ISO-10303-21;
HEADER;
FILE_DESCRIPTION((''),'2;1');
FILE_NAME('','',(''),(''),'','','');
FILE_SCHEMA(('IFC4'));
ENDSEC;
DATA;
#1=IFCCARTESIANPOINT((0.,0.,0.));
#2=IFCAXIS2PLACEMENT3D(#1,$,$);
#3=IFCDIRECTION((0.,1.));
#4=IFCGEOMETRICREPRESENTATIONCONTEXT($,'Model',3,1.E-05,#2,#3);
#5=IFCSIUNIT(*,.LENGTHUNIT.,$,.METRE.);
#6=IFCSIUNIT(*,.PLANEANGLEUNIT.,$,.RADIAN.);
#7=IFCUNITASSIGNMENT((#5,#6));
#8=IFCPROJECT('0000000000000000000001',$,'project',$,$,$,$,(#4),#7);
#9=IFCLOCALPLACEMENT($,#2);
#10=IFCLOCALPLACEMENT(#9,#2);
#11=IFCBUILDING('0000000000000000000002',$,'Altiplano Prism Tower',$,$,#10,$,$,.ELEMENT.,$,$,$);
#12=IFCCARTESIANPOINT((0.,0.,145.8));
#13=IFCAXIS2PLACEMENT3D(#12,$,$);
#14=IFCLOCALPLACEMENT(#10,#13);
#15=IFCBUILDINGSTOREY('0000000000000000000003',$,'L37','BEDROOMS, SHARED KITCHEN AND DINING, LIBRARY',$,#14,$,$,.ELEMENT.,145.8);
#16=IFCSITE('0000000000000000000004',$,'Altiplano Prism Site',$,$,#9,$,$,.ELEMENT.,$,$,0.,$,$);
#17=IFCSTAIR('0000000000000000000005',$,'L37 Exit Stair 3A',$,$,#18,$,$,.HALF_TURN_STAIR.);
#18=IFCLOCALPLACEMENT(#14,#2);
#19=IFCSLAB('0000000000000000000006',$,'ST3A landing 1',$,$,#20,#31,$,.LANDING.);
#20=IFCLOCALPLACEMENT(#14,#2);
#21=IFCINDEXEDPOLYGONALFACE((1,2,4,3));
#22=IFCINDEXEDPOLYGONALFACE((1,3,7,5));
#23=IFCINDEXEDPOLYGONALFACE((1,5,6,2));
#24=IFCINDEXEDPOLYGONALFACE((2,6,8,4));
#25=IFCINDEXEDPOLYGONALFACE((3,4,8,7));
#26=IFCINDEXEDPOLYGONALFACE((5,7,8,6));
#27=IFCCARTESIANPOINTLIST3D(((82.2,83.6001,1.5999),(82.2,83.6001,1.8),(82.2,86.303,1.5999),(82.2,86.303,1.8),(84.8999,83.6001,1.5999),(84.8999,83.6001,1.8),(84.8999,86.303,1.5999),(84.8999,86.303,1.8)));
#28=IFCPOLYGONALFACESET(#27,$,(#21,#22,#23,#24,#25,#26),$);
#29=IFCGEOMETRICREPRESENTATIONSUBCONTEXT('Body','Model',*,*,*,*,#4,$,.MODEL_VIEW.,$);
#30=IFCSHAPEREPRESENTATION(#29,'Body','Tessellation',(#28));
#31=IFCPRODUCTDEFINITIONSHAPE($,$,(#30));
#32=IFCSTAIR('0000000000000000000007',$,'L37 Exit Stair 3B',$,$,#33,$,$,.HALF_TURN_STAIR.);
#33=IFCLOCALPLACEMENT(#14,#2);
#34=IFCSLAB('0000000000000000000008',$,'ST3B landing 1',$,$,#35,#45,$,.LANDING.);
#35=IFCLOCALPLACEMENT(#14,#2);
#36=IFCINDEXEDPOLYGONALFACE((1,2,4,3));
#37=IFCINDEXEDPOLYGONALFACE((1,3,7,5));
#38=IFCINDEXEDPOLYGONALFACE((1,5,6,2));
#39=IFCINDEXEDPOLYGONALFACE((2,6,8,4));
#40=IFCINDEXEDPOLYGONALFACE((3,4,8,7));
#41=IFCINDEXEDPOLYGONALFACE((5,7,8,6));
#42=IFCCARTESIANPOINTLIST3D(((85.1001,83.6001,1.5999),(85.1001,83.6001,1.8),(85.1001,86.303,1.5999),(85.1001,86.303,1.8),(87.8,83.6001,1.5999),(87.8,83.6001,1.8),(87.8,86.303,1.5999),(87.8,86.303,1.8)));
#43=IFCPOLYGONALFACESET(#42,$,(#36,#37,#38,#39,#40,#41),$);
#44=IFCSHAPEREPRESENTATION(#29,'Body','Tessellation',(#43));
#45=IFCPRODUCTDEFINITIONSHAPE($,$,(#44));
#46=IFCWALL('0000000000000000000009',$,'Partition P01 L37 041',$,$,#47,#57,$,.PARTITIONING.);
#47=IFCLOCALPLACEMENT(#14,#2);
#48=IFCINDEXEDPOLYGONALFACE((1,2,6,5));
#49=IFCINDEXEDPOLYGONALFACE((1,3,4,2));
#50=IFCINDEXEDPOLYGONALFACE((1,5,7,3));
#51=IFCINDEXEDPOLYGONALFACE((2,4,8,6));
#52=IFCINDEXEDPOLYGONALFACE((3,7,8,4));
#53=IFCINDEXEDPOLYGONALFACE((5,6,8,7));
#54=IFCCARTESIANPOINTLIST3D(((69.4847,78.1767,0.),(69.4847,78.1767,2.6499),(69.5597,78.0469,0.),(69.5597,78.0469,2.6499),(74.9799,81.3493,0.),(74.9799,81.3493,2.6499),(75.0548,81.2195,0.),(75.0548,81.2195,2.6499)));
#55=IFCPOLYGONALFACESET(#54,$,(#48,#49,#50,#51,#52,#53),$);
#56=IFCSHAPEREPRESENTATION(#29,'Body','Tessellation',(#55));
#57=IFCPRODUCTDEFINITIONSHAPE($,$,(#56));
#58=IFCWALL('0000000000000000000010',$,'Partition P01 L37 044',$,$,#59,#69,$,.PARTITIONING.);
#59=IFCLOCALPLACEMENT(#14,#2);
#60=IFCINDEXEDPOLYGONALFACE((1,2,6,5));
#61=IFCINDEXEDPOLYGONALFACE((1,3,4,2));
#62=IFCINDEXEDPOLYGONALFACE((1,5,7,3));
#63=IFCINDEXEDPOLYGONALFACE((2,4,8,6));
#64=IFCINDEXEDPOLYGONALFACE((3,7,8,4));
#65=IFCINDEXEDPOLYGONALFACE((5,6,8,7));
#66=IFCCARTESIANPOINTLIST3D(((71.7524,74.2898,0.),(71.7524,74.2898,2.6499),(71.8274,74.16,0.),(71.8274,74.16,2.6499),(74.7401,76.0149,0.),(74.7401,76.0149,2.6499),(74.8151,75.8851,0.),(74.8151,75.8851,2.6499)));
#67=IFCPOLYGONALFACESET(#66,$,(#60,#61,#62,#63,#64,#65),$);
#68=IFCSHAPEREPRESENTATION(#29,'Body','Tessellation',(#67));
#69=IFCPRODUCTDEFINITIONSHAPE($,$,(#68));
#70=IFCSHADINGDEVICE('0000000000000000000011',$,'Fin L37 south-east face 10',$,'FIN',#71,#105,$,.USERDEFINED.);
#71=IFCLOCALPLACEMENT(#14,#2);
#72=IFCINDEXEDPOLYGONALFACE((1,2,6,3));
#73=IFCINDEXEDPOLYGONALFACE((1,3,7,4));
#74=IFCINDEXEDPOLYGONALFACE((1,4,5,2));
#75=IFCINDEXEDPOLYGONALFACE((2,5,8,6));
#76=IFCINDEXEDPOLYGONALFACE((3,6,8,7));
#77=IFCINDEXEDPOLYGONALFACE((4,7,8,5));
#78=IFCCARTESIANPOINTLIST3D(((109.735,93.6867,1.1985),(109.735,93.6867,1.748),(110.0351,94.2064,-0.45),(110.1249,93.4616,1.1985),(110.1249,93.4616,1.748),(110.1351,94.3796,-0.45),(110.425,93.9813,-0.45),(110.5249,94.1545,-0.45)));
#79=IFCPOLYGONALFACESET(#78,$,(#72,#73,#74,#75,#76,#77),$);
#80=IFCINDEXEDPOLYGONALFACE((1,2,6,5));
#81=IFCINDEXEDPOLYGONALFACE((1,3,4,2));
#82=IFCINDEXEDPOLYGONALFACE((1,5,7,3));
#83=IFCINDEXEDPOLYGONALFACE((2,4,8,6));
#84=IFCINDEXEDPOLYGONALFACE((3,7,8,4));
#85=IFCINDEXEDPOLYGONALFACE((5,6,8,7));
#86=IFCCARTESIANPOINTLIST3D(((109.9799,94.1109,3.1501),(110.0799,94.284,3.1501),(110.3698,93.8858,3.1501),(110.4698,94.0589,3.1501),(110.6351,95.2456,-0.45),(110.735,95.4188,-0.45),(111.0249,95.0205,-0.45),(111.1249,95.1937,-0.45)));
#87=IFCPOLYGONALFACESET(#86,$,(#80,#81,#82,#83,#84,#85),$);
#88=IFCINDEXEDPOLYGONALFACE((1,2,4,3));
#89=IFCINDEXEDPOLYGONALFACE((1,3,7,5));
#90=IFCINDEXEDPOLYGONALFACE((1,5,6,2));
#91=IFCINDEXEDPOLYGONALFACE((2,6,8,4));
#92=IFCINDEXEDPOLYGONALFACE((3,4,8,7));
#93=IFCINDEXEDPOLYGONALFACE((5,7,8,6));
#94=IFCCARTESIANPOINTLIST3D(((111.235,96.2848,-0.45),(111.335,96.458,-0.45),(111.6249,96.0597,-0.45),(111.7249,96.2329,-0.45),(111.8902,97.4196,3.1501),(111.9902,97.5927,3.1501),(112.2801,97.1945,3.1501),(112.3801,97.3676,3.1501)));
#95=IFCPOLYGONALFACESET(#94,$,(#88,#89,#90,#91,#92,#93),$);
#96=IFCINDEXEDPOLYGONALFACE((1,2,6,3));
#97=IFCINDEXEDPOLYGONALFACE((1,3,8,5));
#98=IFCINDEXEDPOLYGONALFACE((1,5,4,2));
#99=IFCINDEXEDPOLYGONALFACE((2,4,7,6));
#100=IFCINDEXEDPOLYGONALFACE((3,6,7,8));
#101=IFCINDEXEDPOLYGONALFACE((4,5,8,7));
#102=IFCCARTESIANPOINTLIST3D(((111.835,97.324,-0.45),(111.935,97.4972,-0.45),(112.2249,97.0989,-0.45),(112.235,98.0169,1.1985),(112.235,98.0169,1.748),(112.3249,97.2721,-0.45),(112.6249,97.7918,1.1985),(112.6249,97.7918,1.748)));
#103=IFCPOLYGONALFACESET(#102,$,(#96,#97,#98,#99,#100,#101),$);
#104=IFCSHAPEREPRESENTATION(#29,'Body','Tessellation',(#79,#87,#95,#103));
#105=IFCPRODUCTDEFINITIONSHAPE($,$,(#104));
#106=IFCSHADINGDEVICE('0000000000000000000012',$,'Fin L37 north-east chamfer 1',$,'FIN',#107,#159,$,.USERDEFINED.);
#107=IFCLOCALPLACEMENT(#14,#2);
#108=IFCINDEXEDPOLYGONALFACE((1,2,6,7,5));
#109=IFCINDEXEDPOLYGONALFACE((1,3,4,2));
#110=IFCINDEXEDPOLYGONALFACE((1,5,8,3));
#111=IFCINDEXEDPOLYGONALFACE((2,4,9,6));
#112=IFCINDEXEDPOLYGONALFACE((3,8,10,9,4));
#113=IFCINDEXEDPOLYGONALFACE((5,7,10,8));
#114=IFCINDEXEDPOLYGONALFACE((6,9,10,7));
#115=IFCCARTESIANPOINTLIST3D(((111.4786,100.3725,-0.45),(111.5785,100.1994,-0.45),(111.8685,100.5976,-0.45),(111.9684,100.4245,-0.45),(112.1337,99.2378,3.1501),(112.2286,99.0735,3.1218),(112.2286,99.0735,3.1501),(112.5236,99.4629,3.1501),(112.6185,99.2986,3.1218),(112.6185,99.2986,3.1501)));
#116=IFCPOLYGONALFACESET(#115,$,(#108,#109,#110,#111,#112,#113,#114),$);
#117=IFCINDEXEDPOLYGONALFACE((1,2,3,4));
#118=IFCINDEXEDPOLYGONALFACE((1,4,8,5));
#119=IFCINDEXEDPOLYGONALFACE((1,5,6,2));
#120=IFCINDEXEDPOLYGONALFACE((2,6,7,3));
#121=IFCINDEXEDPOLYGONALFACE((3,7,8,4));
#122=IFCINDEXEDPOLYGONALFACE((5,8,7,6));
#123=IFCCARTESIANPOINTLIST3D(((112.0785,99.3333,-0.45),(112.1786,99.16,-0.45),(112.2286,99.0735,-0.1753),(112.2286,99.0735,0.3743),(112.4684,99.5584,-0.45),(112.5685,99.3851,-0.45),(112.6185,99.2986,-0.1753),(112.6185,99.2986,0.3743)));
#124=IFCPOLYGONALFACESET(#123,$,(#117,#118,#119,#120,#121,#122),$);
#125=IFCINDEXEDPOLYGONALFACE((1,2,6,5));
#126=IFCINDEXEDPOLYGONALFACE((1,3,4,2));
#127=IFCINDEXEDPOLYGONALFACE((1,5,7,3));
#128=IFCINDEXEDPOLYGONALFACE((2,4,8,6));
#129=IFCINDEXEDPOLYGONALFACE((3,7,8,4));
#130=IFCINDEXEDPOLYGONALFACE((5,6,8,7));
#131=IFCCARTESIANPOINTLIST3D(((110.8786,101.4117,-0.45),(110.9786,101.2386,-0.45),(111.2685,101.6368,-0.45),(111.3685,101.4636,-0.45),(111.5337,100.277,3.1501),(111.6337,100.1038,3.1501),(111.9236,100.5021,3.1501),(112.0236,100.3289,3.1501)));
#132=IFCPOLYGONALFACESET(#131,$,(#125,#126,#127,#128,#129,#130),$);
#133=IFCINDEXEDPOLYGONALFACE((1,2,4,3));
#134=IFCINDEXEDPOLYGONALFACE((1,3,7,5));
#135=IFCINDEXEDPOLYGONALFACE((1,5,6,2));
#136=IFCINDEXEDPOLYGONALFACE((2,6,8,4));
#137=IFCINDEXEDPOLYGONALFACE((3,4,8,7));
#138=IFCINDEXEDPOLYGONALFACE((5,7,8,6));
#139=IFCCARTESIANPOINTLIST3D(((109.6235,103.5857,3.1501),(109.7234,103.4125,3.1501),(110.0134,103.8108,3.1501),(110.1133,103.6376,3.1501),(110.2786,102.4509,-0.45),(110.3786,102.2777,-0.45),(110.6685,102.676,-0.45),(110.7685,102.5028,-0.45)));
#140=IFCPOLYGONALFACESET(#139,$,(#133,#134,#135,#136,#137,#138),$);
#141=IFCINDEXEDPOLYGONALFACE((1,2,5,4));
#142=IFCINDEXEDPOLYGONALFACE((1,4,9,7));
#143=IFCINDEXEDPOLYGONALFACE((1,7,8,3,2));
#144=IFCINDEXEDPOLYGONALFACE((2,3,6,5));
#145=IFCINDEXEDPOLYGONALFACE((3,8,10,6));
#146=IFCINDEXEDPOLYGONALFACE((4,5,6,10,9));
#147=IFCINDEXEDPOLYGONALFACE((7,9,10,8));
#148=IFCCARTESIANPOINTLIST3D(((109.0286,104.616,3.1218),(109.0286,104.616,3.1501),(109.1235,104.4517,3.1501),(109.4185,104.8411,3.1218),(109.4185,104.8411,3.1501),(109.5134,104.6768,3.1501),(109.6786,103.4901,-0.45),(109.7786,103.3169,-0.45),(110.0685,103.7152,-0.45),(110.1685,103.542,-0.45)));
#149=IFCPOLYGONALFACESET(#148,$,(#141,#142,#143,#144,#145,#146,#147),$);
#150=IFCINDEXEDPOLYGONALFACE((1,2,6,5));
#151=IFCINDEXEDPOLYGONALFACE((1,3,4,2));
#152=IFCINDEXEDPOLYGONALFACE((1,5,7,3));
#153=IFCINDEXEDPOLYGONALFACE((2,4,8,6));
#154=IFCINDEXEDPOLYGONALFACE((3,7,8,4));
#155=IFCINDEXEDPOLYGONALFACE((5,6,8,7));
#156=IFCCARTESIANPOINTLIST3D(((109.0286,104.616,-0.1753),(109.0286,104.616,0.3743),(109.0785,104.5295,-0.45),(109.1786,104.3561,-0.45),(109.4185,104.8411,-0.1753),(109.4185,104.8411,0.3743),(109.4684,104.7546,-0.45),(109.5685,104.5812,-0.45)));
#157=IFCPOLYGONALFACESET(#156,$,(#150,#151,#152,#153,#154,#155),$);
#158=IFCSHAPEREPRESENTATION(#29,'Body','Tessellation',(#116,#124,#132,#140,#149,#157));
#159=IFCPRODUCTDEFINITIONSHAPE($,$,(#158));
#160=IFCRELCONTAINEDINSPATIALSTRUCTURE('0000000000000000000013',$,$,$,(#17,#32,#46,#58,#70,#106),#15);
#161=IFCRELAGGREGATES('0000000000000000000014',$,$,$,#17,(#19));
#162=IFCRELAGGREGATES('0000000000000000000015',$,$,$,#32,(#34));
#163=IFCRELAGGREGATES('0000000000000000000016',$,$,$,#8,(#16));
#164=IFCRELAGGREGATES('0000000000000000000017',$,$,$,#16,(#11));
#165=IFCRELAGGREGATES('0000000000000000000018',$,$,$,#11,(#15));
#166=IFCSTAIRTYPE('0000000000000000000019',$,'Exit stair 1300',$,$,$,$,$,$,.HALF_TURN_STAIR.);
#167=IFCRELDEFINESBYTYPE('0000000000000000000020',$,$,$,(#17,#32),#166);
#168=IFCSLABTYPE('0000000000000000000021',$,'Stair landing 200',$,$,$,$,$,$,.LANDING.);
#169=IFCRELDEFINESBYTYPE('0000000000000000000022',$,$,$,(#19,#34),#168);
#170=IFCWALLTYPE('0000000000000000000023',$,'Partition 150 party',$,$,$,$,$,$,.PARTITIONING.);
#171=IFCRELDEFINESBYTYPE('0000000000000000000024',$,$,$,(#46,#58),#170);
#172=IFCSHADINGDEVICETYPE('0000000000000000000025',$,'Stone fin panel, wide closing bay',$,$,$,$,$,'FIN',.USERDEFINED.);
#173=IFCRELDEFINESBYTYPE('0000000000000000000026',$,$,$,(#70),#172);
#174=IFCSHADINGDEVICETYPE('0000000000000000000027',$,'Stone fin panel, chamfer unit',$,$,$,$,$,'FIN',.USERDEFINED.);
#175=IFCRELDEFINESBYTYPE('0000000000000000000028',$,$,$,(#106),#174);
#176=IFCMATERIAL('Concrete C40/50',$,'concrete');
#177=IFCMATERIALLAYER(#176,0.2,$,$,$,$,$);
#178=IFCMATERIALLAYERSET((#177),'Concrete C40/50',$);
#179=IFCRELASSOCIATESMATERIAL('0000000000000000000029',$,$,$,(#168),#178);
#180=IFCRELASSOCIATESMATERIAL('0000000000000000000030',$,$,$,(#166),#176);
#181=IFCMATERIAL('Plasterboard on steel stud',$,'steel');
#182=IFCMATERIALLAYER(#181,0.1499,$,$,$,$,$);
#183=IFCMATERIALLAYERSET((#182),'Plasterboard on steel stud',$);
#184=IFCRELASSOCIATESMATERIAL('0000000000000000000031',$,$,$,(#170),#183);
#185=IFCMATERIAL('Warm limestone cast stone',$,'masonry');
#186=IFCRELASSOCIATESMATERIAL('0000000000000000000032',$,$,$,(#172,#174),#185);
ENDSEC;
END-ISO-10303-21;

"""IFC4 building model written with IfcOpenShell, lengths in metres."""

from ifc_helpers import new_model, si_unit, direction, frame, frame_2d, origin, place, context, subcontext, project, spatial, polyline, rectangle, outline, extrude, source, transform, mapped, material, layer, layer_set, type_object, element, aggregate, save


model = new_model("IFC4")

# Units and contexts
model_context = context("Model", 3, precision=1e-05, world=origin(), true_north=direction((0.0, 1.0)))
body_context = subcontext(model_context, "Body", "Model", "MODEL_VIEW")
ifc_project = project(units=[si_unit("LENGTHUNIT", "METRE"), si_unit("PLANEANGLEUNIT", "RADIAN")], contexts=[model_context])

# Site, building, storey
site_placement = place(None, origin())
site = spatial("IfcSite", under=ifc_project, at=site_placement, Name="Altiplano Prism Site", CompositionType="ELEMENT", RefElevation=0.0)
building_placement = place(site_placement, origin())
building = spatial("IfcBuilding", under=site, at=building_placement, Name="Altiplano Prism Tower", CompositionType="ELEMENT")
storey_placement = place(building_placement, frame((0.0, 0.0, 145.8)))
storey = spatial("IfcBuildingStorey", under=building, at=storey_placement, Name="L37", Description="BEDROOMS, SHARED KITCHEN AND DINING, LIBRARY", CompositionType="ELEMENT", Elevation=145.8)

# Shared definitions
ifc_material_1 = material(Name="Concrete C40/50", Category="concrete")

# Stairs, slabs
ifc_layer_1 = layer(ifc_material_1, 0.2)
ifc_layer_set_1 = layer_set([ifc_layer_1], Name="Concrete C40/50")
slab_type_1 = type_object("IfcSlabType", Name="Stair landing 200", PredefinedType="LANDING", material=ifc_layer_set_1)
stair_type_1 = type_object("IfcStairType", Name="Exit stair 1300", PredefinedType="HALF_TURN_STAIR", material=ifc_material_1)
stair_1_placement = place(storey_placement, origin())
stair_1 = element("IfcStair", 1, at=stair_1_placement, inside=storey, type_object=stair_type_1, Name="L37 Exit Stair 3A", PredefinedType="HALF_TURN_STAIR")
slab_1_placement = place(storey_placement, frame((0.0, 0.0, 1.5999)))
slab_1 = element("IfcSlab", 2, at=slab_1_placement, type_object=slab_type_1, Name="ST3A landing 1", PredefinedType="LANDING", context=body_context, shape_type="SweptSolid", body=[
    extrude(outline(polyline([(82.2, 86.303), (82.2, 83.6001), (84.8999, 83.6001), (84.8999, 86.303), (82.2, 86.303)])), origin(), (0.0, 0.0, 1.0), 0.2002),
])
aggregate(stair_1, [slab_1])
stair_2_placement = place(storey_placement, origin())
stair_2 = element("IfcStair", 3, at=stair_2_placement, inside=storey, type_object=stair_type_1, Name="L37 Exit Stair 3B", PredefinedType="HALF_TURN_STAIR")
slab_2_placement = place(storey_placement, frame((0.0, 0.0, 1.5999)))
slab_2 = element("IfcSlab", 4, at=slab_2_placement, type_object=slab_type_1, Name="ST3B landing 1", PredefinedType="LANDING", context=body_context, shape_type="SweptSolid", body=[
    extrude(outline(polyline([(85.1001, 86.303), (85.1001, 83.6001), (87.8, 83.6001), (87.8, 86.303), (85.1001, 86.303)])), origin(), (0.0, 0.0, 1.0), 0.2002),
])
aggregate(stair_2, [slab_2])

# Walls
ifc_material_2 = material(Name="Plasterboard on steel stud", Category="steel")
ifc_layer_2 = layer(ifc_material_2, 0.1499)
ifc_layer_set_2 = layer_set([ifc_layer_2], Name="Plasterboard on steel stud")
wall_type = type_object("IfcWallType", Name="Partition 150 party", PredefinedType="PARTITIONING", material=ifc_layer_set_2)
wall_1_placement = place(storey_placement, frame((69.5222, 78.1118, 0.0), z_axis=(0.0, 0.0, 1.0), x_axis=(0.866025, 0.5, 0.0)))
element("IfcWall", 5, at=wall_1_placement, inside=storey, type_object=wall_type, Name="Partition P01 L37 041", PredefinedType="PARTITIONING", context=body_context, shape_type="SweptSolid", body=[
    extrude(rectangle(XDim=6.3452, YDim=0.1499, at=frame_2d((3.1726, 0.0))), origin(), (0.0, 0.0, 1.0), 2.6499),
])
wall_2_placement = place(storey_placement, frame((71.7898, 74.2249, 0.0), z_axis=(0.0, 0.0, 1.0), x_axis=(0.866014, 0.500021, 0.0)))
element("IfcWall", 6, at=wall_2_placement, inside=storey, type_object=wall_type, Name="Partition P01 L37 044", PredefinedType="PARTITIONING", context=body_context, shape_type="SweptSolid", body=[
    extrude(rectangle(XDim=3.45, YDim=0.1499, at=frame_2d((1.7251, 0.0))), origin(), (0.0, 0.0, 1.0), 2.6499),
])

# Shading devices
ifc_material_3 = material(Name="Warm limestone cast stone", Category="masonry")
shading_device_type_1 = type_object("IfcShadingDeviceType", Name="Stone fin panel, wide closing bay", ElementType="FIN", PredefinedType="USERDEFINED", material=ifc_material_3)
shared_shape_1 = source(origin(), body_context, "Body", "SweptSolid", [
    extrude(outline(polyline([(-2.5, 2.198), (-2.5, 1.6484), (-1.8999, 0.0), (-1.7, 0.0), (-2.5, 2.198)])), frame((0.0, -0.1499, 0.0), z_axis=(0.0, -1.0, 0.0), x_axis=(1.0, 0.0, 0.0)), (0.0, 0.0, 1.0), 0.4502),
    extrude(outline(polyline([(-2.0103, 3.6001), (-0.7, 0.0), (-0.5, 0.0), (-1.8103, 3.6001), (-2.0103, 3.6001)])), frame((0.0, -0.1499, 0.0), z_axis=(0.0, -1.0, 0.0), x_axis=(1.0, 0.0, 0.0)), (0.0, 0.0, 1.0), 0.4502),
    extrude(outline(polyline([(1.8103, 3.6001), (0.5, 0.0), (0.7, 0.0), (2.0103, 3.6001), (1.8103, 3.6001)])), frame((0.0, -0.1499, 0.0), z_axis=(0.0, -1.0, 0.0), x_axis=(1.0, 0.0, 0.0)), (0.0, 0.0, 1.0), 0.4502),
    extrude(outline(polyline([(2.5, 1.6484), (2.5, 2.198), (1.7, 0.0), (1.8999, 0.0), (2.5, 1.6484)])), frame((0.0, -0.1499, 0.0), z_axis=(0.0, -1.0, 0.0), x_axis=(1.0, 0.0, 0.0)), (0.0, 0.0, 1.0), 0.4502),
])
shading_device_1_placement = place(storey_placement, origin())
element("IfcShadingDevice", 7, at=shading_device_1_placement, inside=storey, type_object=shading_device_type_1, Name="Fin L37 south-east face 10", ObjectType="FIN", PredefinedType="USERDEFINED", context=body_context, shape_type="MappedRepresentation", body=[
    mapped(shared_shape_1, transform((110.8552, 95.9268, -0.45), x_axis=(0.5, 0.866025, 0.0), y_axis=(-0.866025, 0.5, 0.0), z_axis=(0.0, 0.0, 1.0))),
])
shading_device_type_2 = type_object("IfcShadingDeviceType", Name="Stone fin panel, chamfer unit", ElementType="FIN", PredefinedType="USERDEFINED", material=ifc_material_3)
shared_shape_2 = source(origin(), body_context, "Body", "SweptSolid", [
    extrude(outline(polyline([(-3.2, 3.6001), (-3.2, 3.5718), (-1.8999, 0.0), (-1.7, 0.0), (-3.0103, 3.6001), (-3.2, 3.6001)])), frame((0.0, -0.1499, 0.0), z_axis=(0.0, -1.0, 0.0), x_axis=(1.0, 0.0, 0.0)), (0.0, 0.0, 1.0), 0.4502),
    extrude(outline(polyline([(-3.2, 0.8242), (-3.2, 0.2747), (-3.1001, 0.0), (-2.8999, 0.0), (-3.2, 0.8242)])), frame((0.0, -0.1499, 0.0), z_axis=(0.0, -1.0, 0.0), x_axis=(1.0, 0.0, 0.0)), (0.0, 0.0, 1.0), 0.4502),
    extrude(outline(polyline([(-2.0103, 3.6001), (-0.7, 0.0), (-0.5, 0.0), (-1.8103, 3.6001), (-2.0103, 3.6001)])), frame((0.0, -0.1499, 0.0), z_axis=(0.0, -1.0, 0.0), x_axis=(1.0, 0.0, 0.0)), (0.0, 0.0, 1.0), 0.4502),
    extrude(outline(polyline([(1.8103, 3.6001), (0.5, 0.0), (0.7, 0.0), (2.0103, 3.6001), (1.8103, 3.6001)])), frame((0.0, -0.1499, 0.0), z_axis=(0.0, -1.0, 0.0), x_axis=(1.0, 0.0, 0.0)), (0.0, 0.0, 1.0), 0.4502),
    extrude(outline(polyline([(3.0103, 3.6001), (1.7, 0.0), (1.8999, 0.0), (3.2, 3.5718), (3.2, 3.6001), (3.0103, 3.6001)])), frame((0.0, -0.1499, 0.0), z_axis=(0.0, -1.0, 0.0), x_axis=(1.0, 0.0, 0.0)), (0.0, 0.0, 1.0), 0.4502),
    extrude(outline(polyline([(3.2, 0.2747), (3.2, 0.8242), (2.8999, 0.0), (3.1001, 0.0), (3.2, 0.2747)])), frame((0.0, -0.1499, 0.0), z_axis=(0.0, -1.0, 0.0), x_axis=(1.0, 0.0, 0.0)), (0.0, 0.0, 1.0), 0.4502),
])
shading_device_2_placement = place(storey_placement, origin())
element("IfcShadingDevice", 8, at=shading_device_2_placement, inside=storey, type_object=shading_device_type_2, Name="Fin L37 north-east chamfer 1", ObjectType="FIN", PredefinedType="USERDEFINED", context=body_context, shape_type="MappedRepresentation", body=[
    mapped(shared_shape_2, transform((110.4988, 101.7698, -0.45), x_axis=(-0.5, 0.866025, 0.0), y_axis=(-0.866025, -0.5, 0.0), z_axis=(0.0, 0.0, 1.0))),
])

save(model, "model.ifc")
